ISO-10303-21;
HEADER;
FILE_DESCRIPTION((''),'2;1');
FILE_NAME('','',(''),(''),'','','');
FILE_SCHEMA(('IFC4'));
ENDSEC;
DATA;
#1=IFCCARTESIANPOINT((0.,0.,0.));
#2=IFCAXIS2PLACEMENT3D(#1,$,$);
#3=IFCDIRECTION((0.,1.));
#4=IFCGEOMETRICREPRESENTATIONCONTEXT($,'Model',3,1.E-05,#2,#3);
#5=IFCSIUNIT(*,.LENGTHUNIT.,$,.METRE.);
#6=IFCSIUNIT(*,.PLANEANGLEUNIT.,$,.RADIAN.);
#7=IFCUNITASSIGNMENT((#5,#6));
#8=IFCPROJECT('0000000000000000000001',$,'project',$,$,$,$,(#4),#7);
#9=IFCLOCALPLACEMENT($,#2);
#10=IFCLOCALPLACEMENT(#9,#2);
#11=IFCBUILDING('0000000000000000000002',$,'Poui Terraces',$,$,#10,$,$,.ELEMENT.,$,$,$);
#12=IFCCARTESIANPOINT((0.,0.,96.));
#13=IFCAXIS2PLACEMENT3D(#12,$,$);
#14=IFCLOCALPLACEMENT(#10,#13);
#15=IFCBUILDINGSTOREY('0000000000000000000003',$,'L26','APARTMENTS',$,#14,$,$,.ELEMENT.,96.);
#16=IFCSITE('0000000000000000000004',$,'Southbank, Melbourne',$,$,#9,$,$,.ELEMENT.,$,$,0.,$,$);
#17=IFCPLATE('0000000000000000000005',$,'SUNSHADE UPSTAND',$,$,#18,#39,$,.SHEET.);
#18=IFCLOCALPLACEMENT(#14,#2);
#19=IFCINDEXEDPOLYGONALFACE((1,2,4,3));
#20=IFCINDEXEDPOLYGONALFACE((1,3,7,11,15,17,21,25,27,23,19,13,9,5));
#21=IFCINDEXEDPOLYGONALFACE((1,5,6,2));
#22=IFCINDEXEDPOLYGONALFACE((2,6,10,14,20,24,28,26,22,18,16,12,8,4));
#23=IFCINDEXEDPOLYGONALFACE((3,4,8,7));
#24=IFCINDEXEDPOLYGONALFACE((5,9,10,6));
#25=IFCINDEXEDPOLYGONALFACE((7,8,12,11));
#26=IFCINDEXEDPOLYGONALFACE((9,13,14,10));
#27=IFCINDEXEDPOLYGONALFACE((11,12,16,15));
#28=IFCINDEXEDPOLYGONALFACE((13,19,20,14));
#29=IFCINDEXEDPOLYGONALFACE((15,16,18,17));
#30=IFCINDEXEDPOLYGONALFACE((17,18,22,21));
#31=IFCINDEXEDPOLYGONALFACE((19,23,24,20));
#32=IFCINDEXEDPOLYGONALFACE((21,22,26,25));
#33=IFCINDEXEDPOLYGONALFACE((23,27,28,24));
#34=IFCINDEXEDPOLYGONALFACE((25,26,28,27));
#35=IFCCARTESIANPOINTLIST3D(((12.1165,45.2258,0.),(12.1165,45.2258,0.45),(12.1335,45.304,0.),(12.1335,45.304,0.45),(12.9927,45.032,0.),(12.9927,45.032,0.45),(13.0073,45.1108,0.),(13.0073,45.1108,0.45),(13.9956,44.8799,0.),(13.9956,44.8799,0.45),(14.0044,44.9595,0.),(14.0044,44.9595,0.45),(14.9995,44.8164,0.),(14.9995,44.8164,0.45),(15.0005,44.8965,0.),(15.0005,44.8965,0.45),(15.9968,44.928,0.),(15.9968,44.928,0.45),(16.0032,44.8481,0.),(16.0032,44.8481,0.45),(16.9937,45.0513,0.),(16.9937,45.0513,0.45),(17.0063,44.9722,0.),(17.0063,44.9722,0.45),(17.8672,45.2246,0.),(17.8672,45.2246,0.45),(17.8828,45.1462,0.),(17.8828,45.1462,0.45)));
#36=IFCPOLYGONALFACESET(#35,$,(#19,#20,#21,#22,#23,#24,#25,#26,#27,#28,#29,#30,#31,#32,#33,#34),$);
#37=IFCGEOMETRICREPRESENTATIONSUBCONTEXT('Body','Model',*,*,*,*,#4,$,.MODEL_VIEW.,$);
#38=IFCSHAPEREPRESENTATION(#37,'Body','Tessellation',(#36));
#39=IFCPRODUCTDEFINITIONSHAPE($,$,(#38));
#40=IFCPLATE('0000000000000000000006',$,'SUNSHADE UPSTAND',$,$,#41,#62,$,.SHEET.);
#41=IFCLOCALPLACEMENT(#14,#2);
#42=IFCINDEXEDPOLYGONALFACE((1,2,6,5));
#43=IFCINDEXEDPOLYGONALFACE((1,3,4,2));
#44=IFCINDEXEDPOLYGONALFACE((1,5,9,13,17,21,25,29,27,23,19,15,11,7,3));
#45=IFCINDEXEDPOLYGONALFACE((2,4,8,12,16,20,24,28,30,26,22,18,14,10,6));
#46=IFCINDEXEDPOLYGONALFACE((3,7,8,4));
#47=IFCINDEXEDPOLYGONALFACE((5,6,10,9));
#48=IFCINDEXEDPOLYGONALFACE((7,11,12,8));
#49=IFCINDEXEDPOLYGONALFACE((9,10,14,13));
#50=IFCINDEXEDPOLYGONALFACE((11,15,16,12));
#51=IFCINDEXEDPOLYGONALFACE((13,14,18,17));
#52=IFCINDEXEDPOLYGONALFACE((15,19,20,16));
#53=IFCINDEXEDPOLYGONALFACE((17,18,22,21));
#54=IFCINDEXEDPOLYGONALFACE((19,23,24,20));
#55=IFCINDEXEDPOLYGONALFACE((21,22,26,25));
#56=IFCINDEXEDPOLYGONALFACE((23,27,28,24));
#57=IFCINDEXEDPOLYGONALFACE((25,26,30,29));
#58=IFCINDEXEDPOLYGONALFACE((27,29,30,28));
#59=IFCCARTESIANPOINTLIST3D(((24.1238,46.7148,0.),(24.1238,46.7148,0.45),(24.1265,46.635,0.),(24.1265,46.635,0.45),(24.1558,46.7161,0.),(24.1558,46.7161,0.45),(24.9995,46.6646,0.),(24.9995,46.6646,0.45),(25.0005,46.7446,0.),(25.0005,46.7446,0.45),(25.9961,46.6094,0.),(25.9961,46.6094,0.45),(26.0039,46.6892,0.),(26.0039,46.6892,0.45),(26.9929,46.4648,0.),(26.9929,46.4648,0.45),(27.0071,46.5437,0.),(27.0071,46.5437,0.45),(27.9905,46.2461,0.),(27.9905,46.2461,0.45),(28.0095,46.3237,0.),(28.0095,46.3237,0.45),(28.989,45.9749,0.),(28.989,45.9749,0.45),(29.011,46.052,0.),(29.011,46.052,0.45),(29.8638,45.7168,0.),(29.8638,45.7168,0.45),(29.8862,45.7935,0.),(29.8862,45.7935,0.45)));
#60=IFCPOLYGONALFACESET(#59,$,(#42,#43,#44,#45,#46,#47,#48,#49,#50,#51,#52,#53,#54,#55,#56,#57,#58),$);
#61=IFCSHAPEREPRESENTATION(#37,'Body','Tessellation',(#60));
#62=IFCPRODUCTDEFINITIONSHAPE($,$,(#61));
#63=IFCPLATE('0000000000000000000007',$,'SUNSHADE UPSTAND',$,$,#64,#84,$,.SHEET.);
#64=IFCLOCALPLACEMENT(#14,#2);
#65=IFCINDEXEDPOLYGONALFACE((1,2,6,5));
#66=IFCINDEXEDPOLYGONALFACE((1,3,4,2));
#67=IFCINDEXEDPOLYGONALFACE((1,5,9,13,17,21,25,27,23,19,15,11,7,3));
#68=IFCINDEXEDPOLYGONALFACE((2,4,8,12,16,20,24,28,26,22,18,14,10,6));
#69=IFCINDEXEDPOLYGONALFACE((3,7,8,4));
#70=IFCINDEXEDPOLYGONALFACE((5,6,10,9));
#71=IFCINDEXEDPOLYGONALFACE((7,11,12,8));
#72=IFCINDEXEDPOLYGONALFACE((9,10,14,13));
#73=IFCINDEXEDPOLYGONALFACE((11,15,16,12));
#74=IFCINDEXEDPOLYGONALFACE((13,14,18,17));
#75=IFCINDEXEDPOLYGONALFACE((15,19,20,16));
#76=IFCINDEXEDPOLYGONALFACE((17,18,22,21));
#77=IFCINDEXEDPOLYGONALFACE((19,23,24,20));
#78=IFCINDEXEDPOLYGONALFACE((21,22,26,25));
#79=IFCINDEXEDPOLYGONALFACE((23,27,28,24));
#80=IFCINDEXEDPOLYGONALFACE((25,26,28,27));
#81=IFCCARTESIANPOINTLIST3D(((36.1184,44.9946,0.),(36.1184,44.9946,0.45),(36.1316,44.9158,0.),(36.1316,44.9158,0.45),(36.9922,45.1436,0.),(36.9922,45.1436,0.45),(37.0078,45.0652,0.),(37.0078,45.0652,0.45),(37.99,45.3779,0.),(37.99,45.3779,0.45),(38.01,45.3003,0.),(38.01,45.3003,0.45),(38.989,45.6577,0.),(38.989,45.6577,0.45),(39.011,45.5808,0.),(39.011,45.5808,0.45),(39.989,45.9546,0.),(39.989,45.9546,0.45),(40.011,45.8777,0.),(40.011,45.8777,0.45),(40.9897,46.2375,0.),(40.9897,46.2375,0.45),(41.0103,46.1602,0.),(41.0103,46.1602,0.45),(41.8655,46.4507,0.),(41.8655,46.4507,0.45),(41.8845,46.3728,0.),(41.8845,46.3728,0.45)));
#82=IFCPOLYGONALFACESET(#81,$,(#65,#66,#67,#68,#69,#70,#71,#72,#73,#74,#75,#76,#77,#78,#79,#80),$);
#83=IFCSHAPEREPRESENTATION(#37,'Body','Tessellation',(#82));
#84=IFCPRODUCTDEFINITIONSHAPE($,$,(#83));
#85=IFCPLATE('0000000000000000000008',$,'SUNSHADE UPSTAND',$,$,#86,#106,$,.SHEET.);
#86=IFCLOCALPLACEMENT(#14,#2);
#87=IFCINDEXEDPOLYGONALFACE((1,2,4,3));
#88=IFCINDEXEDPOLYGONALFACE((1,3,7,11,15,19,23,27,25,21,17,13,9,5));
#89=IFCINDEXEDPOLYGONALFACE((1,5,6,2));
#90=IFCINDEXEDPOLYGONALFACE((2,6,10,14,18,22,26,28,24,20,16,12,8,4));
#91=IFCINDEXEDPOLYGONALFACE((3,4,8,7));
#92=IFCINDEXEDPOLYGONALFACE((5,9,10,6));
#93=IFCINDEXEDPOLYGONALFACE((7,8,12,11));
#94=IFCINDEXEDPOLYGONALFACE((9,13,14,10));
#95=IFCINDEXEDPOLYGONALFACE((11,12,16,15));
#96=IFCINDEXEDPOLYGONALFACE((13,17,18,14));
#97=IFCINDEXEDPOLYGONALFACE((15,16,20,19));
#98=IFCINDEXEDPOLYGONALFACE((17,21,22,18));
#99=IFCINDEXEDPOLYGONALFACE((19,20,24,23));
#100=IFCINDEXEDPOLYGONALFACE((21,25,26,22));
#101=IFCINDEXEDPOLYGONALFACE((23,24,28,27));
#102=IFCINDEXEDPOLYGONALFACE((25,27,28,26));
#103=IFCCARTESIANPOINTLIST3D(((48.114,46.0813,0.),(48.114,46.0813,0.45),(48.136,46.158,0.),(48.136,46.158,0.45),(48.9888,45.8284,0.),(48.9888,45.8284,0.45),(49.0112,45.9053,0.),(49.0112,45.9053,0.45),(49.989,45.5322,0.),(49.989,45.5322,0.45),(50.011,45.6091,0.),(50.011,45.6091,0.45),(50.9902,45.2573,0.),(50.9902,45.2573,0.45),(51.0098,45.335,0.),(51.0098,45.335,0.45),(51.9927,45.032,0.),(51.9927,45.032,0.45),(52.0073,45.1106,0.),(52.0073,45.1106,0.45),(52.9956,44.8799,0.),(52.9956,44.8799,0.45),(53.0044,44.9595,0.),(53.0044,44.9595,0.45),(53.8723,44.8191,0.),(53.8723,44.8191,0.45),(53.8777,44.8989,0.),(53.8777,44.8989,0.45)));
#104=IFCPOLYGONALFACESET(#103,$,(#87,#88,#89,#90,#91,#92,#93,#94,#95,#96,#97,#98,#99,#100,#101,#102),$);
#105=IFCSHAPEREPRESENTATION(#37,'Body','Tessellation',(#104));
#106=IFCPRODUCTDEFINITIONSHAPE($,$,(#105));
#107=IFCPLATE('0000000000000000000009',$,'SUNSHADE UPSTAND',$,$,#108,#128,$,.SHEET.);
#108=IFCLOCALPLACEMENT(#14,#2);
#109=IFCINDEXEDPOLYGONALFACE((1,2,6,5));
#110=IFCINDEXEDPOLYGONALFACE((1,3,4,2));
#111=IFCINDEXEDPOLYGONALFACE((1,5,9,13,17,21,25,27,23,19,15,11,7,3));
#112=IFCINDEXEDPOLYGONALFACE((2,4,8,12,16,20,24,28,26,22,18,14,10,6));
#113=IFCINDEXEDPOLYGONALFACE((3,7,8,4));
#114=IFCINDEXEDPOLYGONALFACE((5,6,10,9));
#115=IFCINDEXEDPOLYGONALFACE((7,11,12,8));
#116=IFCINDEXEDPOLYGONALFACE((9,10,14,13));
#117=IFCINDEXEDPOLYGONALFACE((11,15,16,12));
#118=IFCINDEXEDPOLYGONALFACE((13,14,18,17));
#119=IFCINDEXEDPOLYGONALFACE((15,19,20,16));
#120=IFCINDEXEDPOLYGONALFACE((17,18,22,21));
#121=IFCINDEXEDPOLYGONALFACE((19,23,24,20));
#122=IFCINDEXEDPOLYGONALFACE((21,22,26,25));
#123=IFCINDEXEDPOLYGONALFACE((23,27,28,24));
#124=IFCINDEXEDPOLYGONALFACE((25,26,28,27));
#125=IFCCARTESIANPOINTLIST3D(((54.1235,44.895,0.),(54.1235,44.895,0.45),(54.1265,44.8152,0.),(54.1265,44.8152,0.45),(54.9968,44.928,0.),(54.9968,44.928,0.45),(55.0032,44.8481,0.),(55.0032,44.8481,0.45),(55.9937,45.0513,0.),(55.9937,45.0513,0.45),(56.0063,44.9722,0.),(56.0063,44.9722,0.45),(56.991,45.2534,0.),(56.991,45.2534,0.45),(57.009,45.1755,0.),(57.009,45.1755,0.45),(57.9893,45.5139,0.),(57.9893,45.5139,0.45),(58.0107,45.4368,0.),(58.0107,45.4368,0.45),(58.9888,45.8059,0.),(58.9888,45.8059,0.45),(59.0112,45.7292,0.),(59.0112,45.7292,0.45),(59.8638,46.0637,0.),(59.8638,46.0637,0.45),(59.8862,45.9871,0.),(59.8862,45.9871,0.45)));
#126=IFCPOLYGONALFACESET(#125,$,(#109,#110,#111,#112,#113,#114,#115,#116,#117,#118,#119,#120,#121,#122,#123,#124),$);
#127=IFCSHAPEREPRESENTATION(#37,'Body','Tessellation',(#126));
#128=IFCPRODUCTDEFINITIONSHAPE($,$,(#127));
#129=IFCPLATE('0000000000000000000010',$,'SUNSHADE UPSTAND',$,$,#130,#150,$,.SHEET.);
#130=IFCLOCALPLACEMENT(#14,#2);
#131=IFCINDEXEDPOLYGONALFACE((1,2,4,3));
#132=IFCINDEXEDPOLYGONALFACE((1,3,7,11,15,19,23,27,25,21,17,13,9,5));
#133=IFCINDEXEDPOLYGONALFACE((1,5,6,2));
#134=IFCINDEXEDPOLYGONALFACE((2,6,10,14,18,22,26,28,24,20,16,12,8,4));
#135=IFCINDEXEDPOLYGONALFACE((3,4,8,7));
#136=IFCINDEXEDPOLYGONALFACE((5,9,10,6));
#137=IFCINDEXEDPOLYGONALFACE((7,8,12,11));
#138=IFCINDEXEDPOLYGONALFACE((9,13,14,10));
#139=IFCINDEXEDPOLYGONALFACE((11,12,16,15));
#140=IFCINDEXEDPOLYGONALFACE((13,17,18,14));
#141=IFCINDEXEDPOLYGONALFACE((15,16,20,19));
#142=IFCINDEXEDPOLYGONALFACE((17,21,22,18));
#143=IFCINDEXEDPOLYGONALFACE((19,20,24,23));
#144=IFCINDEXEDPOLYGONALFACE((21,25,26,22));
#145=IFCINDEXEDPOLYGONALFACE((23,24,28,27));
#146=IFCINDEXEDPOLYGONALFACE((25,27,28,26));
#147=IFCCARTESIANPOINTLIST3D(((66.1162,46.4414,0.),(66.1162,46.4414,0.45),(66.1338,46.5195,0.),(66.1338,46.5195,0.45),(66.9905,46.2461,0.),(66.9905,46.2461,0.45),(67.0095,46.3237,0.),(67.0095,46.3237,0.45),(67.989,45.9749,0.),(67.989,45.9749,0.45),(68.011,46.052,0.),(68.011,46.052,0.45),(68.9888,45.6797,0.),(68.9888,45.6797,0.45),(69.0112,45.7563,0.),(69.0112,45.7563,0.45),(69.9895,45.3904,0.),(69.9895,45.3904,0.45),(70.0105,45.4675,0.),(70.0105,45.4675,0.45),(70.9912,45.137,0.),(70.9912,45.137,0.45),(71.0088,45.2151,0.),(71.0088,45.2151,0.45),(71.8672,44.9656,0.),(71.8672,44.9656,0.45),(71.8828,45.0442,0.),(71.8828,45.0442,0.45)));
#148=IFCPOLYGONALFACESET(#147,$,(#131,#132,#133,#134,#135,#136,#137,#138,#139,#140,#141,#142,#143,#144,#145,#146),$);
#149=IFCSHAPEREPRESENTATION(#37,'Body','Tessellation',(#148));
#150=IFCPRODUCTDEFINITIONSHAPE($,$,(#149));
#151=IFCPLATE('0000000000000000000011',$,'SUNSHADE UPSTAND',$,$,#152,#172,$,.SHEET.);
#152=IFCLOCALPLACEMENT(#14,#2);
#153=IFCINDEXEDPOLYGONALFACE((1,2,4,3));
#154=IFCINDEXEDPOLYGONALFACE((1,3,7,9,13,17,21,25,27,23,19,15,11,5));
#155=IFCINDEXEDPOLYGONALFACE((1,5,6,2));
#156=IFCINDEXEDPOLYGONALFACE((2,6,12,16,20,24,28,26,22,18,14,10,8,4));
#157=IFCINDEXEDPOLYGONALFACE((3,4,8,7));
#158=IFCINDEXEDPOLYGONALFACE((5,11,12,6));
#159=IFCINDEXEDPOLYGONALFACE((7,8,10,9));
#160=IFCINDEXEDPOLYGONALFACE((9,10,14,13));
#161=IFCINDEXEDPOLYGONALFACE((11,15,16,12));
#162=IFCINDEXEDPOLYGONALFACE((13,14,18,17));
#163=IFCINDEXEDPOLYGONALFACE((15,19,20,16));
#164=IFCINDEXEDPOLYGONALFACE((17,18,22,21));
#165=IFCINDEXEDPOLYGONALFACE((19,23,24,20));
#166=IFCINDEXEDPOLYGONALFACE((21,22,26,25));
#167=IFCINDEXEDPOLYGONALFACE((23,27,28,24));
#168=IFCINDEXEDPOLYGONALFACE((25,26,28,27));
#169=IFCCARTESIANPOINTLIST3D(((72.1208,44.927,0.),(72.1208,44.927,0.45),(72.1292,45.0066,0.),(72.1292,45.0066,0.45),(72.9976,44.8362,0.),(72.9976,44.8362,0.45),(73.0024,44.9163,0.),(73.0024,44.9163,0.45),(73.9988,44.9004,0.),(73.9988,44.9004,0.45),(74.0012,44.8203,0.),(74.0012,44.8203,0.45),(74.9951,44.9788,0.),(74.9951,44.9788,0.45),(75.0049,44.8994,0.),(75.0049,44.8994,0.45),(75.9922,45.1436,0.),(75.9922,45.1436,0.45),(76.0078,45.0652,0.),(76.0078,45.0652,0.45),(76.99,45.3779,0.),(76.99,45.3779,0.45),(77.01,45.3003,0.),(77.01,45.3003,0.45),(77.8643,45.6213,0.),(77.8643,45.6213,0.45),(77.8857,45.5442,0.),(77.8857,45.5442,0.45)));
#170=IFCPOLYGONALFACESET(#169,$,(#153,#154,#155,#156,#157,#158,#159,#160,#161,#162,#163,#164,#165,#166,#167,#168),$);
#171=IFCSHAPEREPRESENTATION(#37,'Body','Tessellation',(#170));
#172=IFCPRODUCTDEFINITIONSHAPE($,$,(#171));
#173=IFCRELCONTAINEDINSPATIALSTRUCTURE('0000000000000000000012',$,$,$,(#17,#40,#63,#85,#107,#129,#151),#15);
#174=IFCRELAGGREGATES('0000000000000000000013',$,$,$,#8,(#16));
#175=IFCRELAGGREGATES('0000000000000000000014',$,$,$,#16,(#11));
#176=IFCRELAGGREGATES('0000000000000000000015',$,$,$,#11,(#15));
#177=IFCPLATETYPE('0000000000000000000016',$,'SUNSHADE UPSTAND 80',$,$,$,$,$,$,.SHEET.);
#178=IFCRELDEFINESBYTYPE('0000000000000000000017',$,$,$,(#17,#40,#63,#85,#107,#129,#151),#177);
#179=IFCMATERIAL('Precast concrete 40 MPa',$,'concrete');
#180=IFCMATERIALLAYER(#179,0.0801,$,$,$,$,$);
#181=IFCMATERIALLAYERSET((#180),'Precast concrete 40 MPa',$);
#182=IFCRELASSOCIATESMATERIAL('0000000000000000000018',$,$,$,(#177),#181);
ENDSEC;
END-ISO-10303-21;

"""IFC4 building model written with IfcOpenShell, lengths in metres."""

from ifc_helpers import new_model, si_unit, direction, frame, origin, place, context, subcontext, project, spatial, polyline, outline, extrude, material, layer, layer_set, type_object, element, save


model = new_model("IFC4")

# Units and contexts
model_context = context("Model", 3, precision=1e-05, world=origin(), true_north=direction((0.0, 1.0)))
body_context = subcontext(model_context, "Body", "Model", "MODEL_VIEW")
ifc_project = project(units=[si_unit("LENGTHUNIT", "METRE"), si_unit("PLANEANGLEUNIT", "RADIAN")], contexts=[model_context])

# Site, building, storey
site_placement = place(None, origin())
site = spatial("IfcSite", under=ifc_project, at=site_placement, Name="Southbank, Melbourne", CompositionType="ELEMENT", RefElevation=0.0)
building_placement = place(site_placement, origin())
building = spatial("IfcBuilding", under=site, at=building_placement, Name="Poui Terraces", CompositionType="ELEMENT")
storey_placement = place(building_placement, frame((0.0, 0.0, 96.0)))
storey = spatial("IfcBuildingStorey", under=building, at=storey_placement, Name="L26", Description="APARTMENTS", CompositionType="ELEMENT", Elevation=96.0)

# Shared definitions
ifc_material_1 = material(Name="Precast concrete 40 MPa", Category="concrete")

# Plates
ifc_layer_1 = layer(ifc_material_1, 0.0801)
ifc_layer_set_1 = layer_set([ifc_layer_1], Name="Precast concrete 40 MPa")
plate_type = type_object("IfcPlateType", Name="SUNSHADE UPSTAND 80", PredefinedType="SHEET", material=ifc_layer_set_1)
plate_1_placement = place(storey_placement, origin())
element("IfcPlate", 1, at=plate_1_placement, inside=storey, type_object=plate_type, Name="SUNSHADE UPSTAND", PredefinedType="SHEET", context=body_context, shape_type="SweptSolid", body=[
    extrude(outline(polyline([(13.0073, 45.1108), (12.1335, 45.304), (12.1165, 45.2258), (12.9927, 45.032), (13.9956, 44.8799), (14.9995, 44.8164), (16.0032, 44.8481), (17.0063, 44.9722), (17.8828, 45.1462), (17.8672, 45.2246), (16.9937, 45.0513), (15.9968, 44.928), (15.0005, 44.8965), (14.0044, 44.9595), (13.0073, 45.1108)])), origin(), (0.0, 0.0, 1.0), 0.45),
])
plate_2_placement = place(storey_placement, origin())
element("IfcPlate", 2, at=plate_2_placement, inside=storey, type_object=plate_type, Name="SUNSHADE UPSTAND", PredefinedType="SHEET", context=body_context, shape_type="SweptSolid", body=[
    extrude(outline(polyline([(25.0005, 46.7446), (24.1558, 46.7161), (24.1238, 46.7148), (24.1265, 46.635), (24.9995, 46.6646), (25.9961, 46.6094), (26.9929, 46.4648), (27.9905, 46.2461), (28.989, 45.9749), (29.8638, 45.7168), (29.8862, 45.7935), (29.011, 46.052), (28.0095, 46.3237), (27.0071, 46.5437), (26.0039, 46.6892), (25.0005, 46.7446)])), origin(), (0.0, 0.0, 1.0), 0.45),
])
plate_3_placement = place(storey_placement, origin())
element("IfcPlate", 3, at=plate_3_placement, inside=storey, type_object=plate_type, Name="SUNSHADE UPSTAND", PredefinedType="SHEET", context=body_context, shape_type="SweptSolid", body=[
    extrude(outline(polyline([(36.9922, 45.1436), (36.1184, 44.9946), (36.1316, 44.9158), (37.0078, 45.0652), (38.01, 45.3003), (39.011, 45.5808), (40.011, 45.8777), (41.0103, 46.1602), (41.8845, 46.3728), (41.8655, 46.4507), (40.9897, 46.2375), (39.989, 45.9546), (38.989, 45.6577), (37.99, 45.3779), (36.9922, 45.1436)])), origin(), (0.0, 0.0, 1.0), 0.45),
])
plate_4_placement = place(storey_placement, origin())
element("IfcPlate", 4, at=plate_4_placement, inside=storey, type_object=plate_type, Name="SUNSHADE UPSTAND", PredefinedType="SHEET", context=body_context, shape_type="SweptSolid", body=[
    extrude(outline(polyline([(49.0112, 45.9053), (48.136, 46.158), (48.114, 46.0813), (48.9888, 45.8284), (49.989, 45.5322), (50.9902, 45.2573), (51.9927, 45.032), (52.9956, 44.8799), (53.8723, 44.8191), (53.8777, 44.8989), (53.0044, 44.9595), (52.0073, 45.1106), (51.0098, 45.335), (50.011, 45.6091), (49.0112, 45.9053)])), origin(), (0.0, 0.0, 1.0), 0.45),
])
plate_5_placement = place(storey_placement, origin())
element("IfcPlate", 5, at=plate_5_placement, inside=storey, type_object=plate_type, Name="SUNSHADE UPSTAND", PredefinedType="SHEET", context=body_context, shape_type="SweptSolid", body=[
    extrude(outline(polyline([(54.9968, 44.928), (54.1235, 44.895), (54.1265, 44.8152), (55.0032, 44.8481), (56.0063, 44.9722), (57.009, 45.1755), (58.0107, 45.4368), (59.0112, 45.7292), (59.8862, 45.9871), (59.8638, 46.0637), (58.9888, 45.8059), (57.9893, 45.5139), (56.991, 45.2534), (55.9937, 45.0513), (54.9968, 44.928)])), origin(), (0.0, 0.0, 1.0), 0.45),
])
plate_6_placement = place(storey_placement, origin())
element("IfcPlate", 6, at=plate_6_placement, inside=storey, type_object=plate_type, Name="SUNSHADE UPSTAND", PredefinedType="SHEET", context=body_context, shape_type="SweptSolid", body=[
    extrude(outline(polyline([(67.0095, 46.3237), (66.1338, 46.5195), (66.1162, 46.4414), (66.9905, 46.2461), (67.989, 45.9749), (68.9888, 45.6797), (69.9895, 45.3904), (70.9912, 45.137), (71.8672, 44.9656), (71.8828, 45.0442), (71.0088, 45.2151), (70.0105, 45.4675), (69.0112, 45.7563), (68.011, 46.052), (67.0095, 46.3237)])), origin(), (0.0, 0.0, 1.0), 0.45),
])
plate_7_placement = place(storey_placement, origin())
element("IfcPlate", 7, at=plate_7_placement, inside=storey, type_object=plate_type, Name="SUNSHADE UPSTAND", PredefinedType="SHEET", context=body_context, shape_type="SweptSolid", body=[
    extrude(outline(polyline([(73.0024, 44.9163), (72.1292, 45.0066), (72.1208, 44.927), (72.9976, 44.8362), (74.0012, 44.8203), (75.0049, 44.8994), (76.0078, 45.0652), (77.01, 45.3003), (77.8857, 45.5442), (77.8643, 45.6213), (76.99, 45.3779), (75.9922, 45.1436), (74.9951, 44.9788), (73.9988, 44.9004), (73.0024, 44.9163)])), origin(), (0.0, 0.0, 1.0), 0.45),
])

save(model, "model.ifc")
